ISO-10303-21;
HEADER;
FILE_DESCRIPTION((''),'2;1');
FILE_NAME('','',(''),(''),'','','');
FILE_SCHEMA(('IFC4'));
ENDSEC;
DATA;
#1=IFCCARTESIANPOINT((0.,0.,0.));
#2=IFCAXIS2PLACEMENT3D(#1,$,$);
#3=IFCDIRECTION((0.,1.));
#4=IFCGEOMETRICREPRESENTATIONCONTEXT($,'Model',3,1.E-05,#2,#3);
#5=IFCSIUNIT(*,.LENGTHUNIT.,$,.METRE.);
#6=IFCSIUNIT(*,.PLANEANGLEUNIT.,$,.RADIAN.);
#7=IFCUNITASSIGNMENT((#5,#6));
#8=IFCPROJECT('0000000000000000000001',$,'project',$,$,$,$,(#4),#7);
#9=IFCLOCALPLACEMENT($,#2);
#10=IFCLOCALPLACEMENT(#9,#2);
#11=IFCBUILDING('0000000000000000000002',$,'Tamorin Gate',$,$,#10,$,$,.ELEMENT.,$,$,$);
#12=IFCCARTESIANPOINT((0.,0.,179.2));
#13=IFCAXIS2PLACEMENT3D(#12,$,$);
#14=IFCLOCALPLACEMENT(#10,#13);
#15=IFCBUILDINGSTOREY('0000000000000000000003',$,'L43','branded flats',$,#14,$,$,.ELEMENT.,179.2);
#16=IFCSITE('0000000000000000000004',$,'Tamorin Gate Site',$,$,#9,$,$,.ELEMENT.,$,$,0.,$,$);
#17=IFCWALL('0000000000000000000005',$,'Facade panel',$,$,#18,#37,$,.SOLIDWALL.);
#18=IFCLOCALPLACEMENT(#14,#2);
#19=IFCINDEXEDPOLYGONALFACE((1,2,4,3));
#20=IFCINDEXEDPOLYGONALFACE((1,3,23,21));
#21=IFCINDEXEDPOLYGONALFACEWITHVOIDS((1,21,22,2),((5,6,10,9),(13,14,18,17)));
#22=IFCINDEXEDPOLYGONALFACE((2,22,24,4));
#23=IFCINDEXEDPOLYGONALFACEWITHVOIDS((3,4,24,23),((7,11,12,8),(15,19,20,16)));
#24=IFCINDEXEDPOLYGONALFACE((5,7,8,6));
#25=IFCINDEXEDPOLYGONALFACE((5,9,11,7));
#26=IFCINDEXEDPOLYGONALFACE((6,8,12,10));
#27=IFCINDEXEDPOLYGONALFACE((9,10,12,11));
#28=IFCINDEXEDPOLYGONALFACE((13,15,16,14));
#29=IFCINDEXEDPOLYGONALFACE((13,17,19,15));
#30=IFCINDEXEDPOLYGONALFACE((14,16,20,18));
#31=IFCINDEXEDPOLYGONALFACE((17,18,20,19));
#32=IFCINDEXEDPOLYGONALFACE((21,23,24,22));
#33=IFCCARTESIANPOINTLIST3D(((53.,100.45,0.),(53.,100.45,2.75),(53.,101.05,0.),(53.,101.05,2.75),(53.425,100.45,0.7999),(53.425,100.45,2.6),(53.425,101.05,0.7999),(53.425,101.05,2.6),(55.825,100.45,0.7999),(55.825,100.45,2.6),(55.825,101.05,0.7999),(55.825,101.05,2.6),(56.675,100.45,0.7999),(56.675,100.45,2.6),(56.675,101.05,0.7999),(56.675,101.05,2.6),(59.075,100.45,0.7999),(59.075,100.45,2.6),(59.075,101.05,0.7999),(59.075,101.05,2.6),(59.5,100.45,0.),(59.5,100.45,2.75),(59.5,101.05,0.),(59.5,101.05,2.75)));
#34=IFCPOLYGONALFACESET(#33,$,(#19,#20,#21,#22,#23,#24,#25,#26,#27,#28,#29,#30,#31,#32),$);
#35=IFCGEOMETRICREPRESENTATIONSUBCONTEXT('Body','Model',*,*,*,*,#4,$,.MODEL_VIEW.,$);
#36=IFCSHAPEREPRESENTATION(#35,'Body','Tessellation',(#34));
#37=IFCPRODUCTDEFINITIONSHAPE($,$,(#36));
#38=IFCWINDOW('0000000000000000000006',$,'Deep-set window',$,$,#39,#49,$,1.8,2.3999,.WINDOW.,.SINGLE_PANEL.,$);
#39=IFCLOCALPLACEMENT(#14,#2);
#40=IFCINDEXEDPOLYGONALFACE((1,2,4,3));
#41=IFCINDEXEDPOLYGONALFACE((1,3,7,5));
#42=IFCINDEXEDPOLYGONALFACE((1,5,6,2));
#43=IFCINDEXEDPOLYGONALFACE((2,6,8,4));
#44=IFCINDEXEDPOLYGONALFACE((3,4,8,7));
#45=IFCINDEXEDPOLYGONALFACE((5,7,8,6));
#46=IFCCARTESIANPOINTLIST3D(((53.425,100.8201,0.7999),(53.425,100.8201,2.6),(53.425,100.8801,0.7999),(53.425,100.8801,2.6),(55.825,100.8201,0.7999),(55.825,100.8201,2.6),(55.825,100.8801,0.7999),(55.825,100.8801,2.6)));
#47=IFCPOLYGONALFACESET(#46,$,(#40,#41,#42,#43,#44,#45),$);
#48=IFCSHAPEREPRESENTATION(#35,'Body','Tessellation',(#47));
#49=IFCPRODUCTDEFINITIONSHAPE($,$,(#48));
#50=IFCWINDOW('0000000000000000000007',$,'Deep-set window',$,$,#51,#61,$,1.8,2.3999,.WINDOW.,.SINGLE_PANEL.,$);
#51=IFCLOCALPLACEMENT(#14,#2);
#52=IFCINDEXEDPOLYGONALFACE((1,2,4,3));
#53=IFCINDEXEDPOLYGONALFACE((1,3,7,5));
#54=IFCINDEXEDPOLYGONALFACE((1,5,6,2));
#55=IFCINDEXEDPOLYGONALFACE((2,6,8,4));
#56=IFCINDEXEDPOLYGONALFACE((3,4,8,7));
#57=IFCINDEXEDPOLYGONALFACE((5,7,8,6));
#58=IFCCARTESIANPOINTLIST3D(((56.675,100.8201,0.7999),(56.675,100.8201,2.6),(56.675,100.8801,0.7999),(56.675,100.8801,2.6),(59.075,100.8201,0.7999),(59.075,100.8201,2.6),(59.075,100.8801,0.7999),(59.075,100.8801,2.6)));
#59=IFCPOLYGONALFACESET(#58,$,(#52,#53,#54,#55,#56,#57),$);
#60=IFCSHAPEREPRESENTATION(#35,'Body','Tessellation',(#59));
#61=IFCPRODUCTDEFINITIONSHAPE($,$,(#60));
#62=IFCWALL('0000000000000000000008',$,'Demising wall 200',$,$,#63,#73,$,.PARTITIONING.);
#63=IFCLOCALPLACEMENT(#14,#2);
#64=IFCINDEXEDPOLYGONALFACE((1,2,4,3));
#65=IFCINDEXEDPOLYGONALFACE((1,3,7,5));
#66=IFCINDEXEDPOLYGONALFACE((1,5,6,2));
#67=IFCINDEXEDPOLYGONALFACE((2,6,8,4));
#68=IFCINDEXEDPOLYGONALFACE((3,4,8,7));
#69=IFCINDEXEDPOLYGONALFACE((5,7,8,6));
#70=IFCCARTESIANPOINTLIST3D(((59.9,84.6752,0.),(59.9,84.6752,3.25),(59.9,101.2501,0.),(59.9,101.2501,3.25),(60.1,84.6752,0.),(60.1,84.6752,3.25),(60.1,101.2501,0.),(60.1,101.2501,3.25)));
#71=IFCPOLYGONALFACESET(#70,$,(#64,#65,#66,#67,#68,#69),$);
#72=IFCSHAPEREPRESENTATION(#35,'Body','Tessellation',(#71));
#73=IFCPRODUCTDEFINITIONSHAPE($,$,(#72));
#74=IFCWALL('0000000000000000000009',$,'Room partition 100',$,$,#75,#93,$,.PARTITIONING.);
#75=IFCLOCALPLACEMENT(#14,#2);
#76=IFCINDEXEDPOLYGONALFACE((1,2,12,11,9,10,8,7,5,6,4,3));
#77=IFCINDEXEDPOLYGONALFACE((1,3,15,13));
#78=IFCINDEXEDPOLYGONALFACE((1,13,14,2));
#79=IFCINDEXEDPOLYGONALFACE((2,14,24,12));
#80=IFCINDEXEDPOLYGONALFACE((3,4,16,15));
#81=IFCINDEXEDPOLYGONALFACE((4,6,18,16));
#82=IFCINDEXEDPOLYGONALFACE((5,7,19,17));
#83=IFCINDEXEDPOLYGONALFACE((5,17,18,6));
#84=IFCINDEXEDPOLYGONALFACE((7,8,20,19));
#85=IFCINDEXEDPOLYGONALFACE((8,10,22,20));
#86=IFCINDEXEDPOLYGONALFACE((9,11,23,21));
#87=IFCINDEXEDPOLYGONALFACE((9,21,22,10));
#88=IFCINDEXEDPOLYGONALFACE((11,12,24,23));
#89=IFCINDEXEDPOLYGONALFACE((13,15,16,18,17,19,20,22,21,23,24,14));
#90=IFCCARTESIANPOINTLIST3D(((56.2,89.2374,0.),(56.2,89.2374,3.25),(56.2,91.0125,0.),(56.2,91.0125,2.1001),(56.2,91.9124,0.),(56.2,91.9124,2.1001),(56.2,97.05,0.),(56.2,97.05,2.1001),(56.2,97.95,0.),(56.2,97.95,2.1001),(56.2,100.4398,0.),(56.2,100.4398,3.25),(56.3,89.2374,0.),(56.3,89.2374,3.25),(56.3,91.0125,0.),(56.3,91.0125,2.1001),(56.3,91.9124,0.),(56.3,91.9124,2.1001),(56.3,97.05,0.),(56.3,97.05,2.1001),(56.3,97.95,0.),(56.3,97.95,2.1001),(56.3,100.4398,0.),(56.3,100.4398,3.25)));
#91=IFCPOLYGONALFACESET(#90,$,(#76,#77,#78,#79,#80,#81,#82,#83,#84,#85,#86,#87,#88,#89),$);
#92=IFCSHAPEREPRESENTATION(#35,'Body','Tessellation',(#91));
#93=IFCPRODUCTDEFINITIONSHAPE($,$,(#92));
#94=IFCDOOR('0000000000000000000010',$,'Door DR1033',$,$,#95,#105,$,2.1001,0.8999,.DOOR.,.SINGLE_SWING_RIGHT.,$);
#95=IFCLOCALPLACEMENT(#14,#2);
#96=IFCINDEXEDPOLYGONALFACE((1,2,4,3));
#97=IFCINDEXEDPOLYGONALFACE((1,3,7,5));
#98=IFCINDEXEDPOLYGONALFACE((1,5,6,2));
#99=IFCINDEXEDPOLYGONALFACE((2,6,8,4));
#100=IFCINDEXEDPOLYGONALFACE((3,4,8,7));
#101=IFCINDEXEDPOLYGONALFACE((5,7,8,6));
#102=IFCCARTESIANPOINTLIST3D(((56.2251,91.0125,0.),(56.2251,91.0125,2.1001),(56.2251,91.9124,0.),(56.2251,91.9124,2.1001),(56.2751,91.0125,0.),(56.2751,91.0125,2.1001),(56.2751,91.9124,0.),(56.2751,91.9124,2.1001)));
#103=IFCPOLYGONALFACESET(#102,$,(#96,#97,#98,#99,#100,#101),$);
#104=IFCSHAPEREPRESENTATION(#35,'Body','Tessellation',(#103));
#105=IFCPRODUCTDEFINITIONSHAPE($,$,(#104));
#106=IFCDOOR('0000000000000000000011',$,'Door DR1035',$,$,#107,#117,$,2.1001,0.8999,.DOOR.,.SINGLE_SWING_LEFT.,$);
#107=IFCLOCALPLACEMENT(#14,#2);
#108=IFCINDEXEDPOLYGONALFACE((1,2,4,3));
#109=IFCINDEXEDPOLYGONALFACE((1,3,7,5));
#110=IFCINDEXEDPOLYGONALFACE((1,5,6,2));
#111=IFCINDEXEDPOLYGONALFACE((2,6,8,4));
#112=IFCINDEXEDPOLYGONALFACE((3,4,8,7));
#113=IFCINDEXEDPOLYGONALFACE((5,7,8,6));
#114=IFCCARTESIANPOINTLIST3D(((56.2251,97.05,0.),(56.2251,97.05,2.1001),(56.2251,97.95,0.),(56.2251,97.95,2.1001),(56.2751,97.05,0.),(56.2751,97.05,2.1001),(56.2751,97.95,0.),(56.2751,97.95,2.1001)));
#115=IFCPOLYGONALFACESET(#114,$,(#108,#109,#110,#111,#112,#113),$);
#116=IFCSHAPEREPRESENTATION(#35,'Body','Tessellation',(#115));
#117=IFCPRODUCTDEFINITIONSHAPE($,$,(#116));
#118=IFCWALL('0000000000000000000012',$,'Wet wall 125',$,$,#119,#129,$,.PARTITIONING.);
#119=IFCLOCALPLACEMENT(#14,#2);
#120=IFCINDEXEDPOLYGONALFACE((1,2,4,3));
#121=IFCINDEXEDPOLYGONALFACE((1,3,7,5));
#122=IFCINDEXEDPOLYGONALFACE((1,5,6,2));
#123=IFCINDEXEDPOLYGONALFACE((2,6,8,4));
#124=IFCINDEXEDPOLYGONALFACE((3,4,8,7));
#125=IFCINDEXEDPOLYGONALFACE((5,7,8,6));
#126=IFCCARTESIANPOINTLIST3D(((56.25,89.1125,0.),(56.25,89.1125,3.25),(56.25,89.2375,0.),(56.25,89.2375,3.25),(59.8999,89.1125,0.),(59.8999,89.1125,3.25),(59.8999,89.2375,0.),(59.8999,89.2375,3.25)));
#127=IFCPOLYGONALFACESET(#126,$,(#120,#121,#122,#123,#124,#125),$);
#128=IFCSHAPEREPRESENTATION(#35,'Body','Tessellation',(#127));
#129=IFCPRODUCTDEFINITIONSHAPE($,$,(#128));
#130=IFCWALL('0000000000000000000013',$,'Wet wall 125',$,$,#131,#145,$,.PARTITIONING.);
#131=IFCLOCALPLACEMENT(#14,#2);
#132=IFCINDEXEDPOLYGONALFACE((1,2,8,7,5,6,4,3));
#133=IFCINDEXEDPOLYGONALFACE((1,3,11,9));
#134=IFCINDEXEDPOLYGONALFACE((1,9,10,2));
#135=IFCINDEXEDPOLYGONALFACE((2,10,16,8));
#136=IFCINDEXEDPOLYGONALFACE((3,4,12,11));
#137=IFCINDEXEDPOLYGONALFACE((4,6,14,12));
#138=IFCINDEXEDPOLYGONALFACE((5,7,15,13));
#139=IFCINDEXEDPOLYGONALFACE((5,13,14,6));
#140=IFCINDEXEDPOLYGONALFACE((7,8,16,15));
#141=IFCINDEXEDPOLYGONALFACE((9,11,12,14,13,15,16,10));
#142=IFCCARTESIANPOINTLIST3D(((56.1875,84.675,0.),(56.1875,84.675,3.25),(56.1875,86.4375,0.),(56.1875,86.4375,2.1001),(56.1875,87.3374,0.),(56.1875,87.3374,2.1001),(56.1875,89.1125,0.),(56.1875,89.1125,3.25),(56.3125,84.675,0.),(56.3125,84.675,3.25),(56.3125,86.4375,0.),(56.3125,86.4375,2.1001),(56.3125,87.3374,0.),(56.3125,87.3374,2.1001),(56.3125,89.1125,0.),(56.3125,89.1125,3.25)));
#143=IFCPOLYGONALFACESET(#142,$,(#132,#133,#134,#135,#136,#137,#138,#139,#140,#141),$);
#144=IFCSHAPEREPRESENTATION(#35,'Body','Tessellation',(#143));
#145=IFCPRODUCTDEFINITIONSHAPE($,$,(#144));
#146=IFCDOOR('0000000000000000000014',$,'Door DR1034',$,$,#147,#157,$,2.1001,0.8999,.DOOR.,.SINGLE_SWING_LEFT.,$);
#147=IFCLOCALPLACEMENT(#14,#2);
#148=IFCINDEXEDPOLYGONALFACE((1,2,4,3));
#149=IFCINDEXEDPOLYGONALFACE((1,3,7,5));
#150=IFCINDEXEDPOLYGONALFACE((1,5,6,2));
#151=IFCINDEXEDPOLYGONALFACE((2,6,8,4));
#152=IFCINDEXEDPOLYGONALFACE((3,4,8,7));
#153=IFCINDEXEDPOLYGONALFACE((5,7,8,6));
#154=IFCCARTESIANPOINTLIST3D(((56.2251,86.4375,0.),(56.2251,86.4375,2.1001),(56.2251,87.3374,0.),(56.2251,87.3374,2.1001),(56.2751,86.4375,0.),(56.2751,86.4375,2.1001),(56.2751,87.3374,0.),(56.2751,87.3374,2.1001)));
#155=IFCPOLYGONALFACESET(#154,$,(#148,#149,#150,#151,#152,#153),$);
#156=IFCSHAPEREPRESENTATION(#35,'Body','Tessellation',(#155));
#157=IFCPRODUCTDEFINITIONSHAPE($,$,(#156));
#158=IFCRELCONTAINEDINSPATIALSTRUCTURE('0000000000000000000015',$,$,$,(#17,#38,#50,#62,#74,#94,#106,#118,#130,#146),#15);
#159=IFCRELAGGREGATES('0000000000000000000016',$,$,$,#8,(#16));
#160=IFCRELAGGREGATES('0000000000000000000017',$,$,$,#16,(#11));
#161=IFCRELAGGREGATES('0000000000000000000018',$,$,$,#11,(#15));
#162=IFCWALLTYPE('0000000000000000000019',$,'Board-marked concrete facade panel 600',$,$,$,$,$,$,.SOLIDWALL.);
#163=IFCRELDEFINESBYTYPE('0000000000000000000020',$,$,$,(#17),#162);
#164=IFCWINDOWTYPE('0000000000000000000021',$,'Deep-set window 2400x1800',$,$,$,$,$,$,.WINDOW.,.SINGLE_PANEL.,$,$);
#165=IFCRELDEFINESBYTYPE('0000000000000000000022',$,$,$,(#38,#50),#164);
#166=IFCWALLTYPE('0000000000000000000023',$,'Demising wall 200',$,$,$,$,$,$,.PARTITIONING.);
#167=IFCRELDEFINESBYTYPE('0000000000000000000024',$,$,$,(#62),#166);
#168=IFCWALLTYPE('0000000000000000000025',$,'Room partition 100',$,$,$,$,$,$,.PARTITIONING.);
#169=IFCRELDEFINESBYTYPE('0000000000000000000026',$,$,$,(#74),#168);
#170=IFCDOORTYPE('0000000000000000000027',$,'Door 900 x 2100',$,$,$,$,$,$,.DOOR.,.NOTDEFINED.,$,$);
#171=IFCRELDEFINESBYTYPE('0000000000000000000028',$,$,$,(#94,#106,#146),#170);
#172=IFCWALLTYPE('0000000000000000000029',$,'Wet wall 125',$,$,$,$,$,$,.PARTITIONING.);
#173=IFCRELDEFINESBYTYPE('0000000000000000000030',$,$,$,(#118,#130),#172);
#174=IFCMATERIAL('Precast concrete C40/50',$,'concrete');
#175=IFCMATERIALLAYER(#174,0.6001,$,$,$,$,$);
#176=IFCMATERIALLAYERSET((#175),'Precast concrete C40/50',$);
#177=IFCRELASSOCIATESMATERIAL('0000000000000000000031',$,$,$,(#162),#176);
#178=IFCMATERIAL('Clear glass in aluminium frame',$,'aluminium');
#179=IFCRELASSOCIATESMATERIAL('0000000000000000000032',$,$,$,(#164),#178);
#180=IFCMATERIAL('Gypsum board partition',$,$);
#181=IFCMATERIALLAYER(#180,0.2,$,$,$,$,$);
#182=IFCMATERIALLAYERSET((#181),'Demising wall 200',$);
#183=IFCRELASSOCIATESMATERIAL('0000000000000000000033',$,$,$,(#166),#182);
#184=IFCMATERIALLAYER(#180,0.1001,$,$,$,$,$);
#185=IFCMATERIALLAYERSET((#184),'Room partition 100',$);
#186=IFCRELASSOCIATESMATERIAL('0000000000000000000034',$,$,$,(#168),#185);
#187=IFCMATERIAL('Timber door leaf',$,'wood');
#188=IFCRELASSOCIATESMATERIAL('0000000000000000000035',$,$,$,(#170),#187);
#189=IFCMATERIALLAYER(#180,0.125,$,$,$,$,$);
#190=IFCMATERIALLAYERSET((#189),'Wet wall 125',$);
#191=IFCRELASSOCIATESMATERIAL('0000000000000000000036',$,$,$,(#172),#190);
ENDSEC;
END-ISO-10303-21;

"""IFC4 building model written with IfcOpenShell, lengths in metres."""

from ifc_helpers import new_model, si_unit, direction, frame, frame_2d, origin, place, context, subcontext, project, spatial, rectangle, extrude, material, layer, layer_set, type_object, element, fill, save


model = new_model("IFC4")

# Units and contexts
model_context = context("Model", 3, precision=1e-05, world=origin(), true_north=direction((0.0, 1.0)))
body_context = subcontext(model_context, "Body", "Model", "MODEL_VIEW")
ifc_project = project(units=[si_unit("LENGTHUNIT", "METRE"), si_unit("PLANEANGLEUNIT", "RADIAN")], contexts=[model_context])

# Site, building, storey
site_placement = place(None, origin())
site = spatial("IfcSite", under=ifc_project, at=site_placement, Name="Tamorin Gate Site", CompositionType="ELEMENT", RefElevation=0.0)
building_placement = place(site_placement, origin())
building = spatial("IfcBuilding", under=site, at=building_placement, Name="Tamorin Gate", CompositionType="ELEMENT")
storey_placement = place(building_placement, frame((0.0, 0.0, 179.2)))
storey = spatial("IfcBuildingStorey", under=building, at=storey_placement, Name="L43", Description="branded flats", CompositionType="ELEMENT", Elevation=179.2)

# Wall, openings, windows
ifc_material_1 = material(Name="Precast concrete C40/50", Category="concrete")
ifc_layer_1 = layer(ifc_material_1, 0.6001)
ifc_layer_set_1 = layer_set([ifc_layer_1], Name="Precast concrete C40/50")
wall_type_1 = type_object("IfcWallType", Name="Board-marked concrete facade panel 600", PredefinedType="SOLIDWALL", material=ifc_layer_set_1)
ifc_material_2 = material(Name="Clear glass in aluminium frame", Category="aluminium")
window_type = type_object("IfcWindowType", Name="Deep-set window 2400x1800", PartitioningType="SINGLE_PANEL", PredefinedType="WINDOW", material=ifc_material_2)
wall_1_placement = place(storey_placement, frame((59.5, 100.75, 0.0), z_axis=(0.0, 0.0, 1.0), x_axis=(-1.0, 0.0, 0.0)))
wall_1 = element("IfcWall", 1, at=wall_1_placement, inside=storey, type_object=wall_type_1, Name="Facade panel", PredefinedType="SOLIDWALL", context=body_context, shape_type="SweptSolid", body=[
    extrude(rectangle(XDim=6.5, YDim=0.6001, at=frame_2d((3.25, 0.0))), origin(), (0.0, 0.0, 1.0), 2.75),
])
opening_1_placement = place(wall_1_placement, frame((3.675, 0.0, 0.8)))
opening_1 = element("IfcOpeningElement", 2, at=opening_1_placement, cuts=wall_1, PredefinedType="OPENING", context=body_context, shape_type="SweptSolid", body=[
    extrude(rectangle(XDim=2.3999, YDim=1.8, at=frame_2d((1.2, 0.8999))), frame((0.0, 0.3101, 0.0), z_axis=(0.0, -1.0, 0.0), x_axis=(1.0, 0.0, 0.0)), (0.0, 0.0, 1.0), 0.6201),
])
opening_2_placement = place(wall_1_placement, frame((0.425, 0.0, 0.8)))
opening_2 = element("IfcOpeningElement", 3, at=opening_2_placement, cuts=wall_1, PredefinedType="OPENING", context=body_context, shape_type="SweptSolid", body=[
    extrude(rectangle(XDim=2.3999, YDim=1.8, at=frame_2d((1.2, 0.8999))), frame((0.0, 0.3101, 0.0), z_axis=(0.0, -1.0, 0.0), x_axis=(1.0, 0.0, 0.0)), (0.0, 0.0, 1.0), 0.6201),
])
window_1_placement = place(opening_1_placement, origin())
window_1 = element("IfcWindow", 4, at=window_1_placement, inside=storey, type_object=window_type, Name="Deep-set window", OverallHeight=1.8, OverallWidth=2.3999, PartitioningType="SINGLE_PANEL", PredefinedType="WINDOW", context=body_context, shape_type="SweptSolid", body=[
    extrude(rectangle(XDim=2.3999, YDim=1.8, at=frame_2d((1.2, 0.8999))), frame((0.0, -0.0701, 0.0), z_axis=(0.0, -1.0, 0.0), x_axis=(1.0, 0.0, 0.0)), (0.0, 0.0, 1.0), 0.0601),
])
fill(opening_1, window_1)
window_2_placement = place(opening_2_placement, origin())
window_2 = element("IfcWindow", 5, at=window_2_placement, inside=storey, type_object=window_type, Name="Deep-set window", OverallHeight=1.8, OverallWidth=2.3999, PartitioningType="SINGLE_PANEL", PredefinedType="WINDOW", context=body_context, shape_type="SweptSolid", body=[
    extrude(rectangle(XDim=2.3999, YDim=1.8, at=frame_2d((1.2, 0.8999))), frame((0.0, -0.0701, 0.0), z_axis=(0.0, -1.0, 0.0), x_axis=(1.0, 0.0, 0.0)), (0.0, 0.0, 1.0), 0.0601),
])
fill(opening_2, window_2)

# Wall
ifc_material_3 = material(Name="Gypsum board partition")
ifc_layer_2 = layer(ifc_material_3, 0.2)
ifc_layer_set_2 = layer_set([ifc_layer_2], Name="Demising wall 200")
wall_type_2 = type_object("IfcWallType", Name="Demising wall 200", PredefinedType="PARTITIONING", material=ifc_layer_set_2)
wall_2_placement = place(storey_placement, frame((60.0, 84.675, 0.0), z_axis=(0.0, 0.0, 1.0), x_axis=(0.0, 1.0, 0.0)))
element("IfcWall", 6, at=wall_2_placement, inside=storey, type_object=wall_type_2, Name="Demising wall 200", PredefinedType="PARTITIONING", context=body_context, shape_type="SweptSolid", body=[
    extrude(rectangle(XDim=16.575, YDim=0.2, at=frame_2d((8.2876, 0.0))), origin(), (0.0, 0.0, 1.0), 3.25),
])

# Wall, openings, doors
ifc_layer_3 = layer(ifc_material_3, 0.1001)
ifc_layer_set_3 = layer_set([ifc_layer_3], Name="Room partition 100")
wall_type_3 = type_object("IfcWallType", Name="Room partition 100", PredefinedType="PARTITIONING", material=ifc_layer_set_3)
wall_3_placement = place(storey_placement, frame((56.25, 89.2375, 0.0), z_axis=(0.0, 0.0, 1.0), x_axis=(0.0, 1.0, 0.0)))
wall_3 = element("IfcWall", 7, at=wall_3_placement, inside=storey, type_object=wall_type_3, Name="Room partition 100", PredefinedType="PARTITIONING", context=body_context, shape_type="SweptSolid", body=[
    extrude(rectangle(XDim=11.2024, YDim=0.1001, at=frame_2d((5.6011, 0.0))), origin(), (0.0, 0.0, 1.0), 3.25),
])
opening_3_placement = place(wall_3_placement, frame((1.7749, 0.0, 0.0)))
opening_3 = element("IfcOpeningElement", 8, at=opening_3_placement, cuts=wall_3, PredefinedType="OPENING", context=body_context, shape_type="SweptSolid", body=[
    extrude(rectangle(XDim=0.8999, YDim=2.1001, at=frame_2d((0.45, 1.05))), frame((0.0, 0.0601, 0.0), z_axis=(0.0, -1.0, 0.0), x_axis=(1.0, 0.0, 0.0)), (0.0, 0.0, 1.0), 0.1201),
])
opening_4_placement = place(wall_3_placement, frame((7.8125, 0.0, 0.0)))
opening_4 = element("IfcOpeningElement", 9, at=opening_4_placement, cuts=wall_3, PredefinedType="OPENING", context=body_context, shape_type="SweptSolid", body=[
    extrude(rectangle(XDim=0.8999, YDim=2.1001, at=frame_2d((0.45, 1.05))), frame((0.0, 0.0601, 0.0), z_axis=(0.0, -1.0, 0.0), x_axis=(1.0, 0.0, 0.0)), (0.0, 0.0, 1.0), 0.1201),
])
ifc_material_4 = material(Name="Timber door leaf", Category="wood")
door_type = type_object("IfcDoorType", Name="Door 900 x 2100", OperationType="NOTDEFINED", PredefinedType="DOOR", material=ifc_material_4)
door_1_placement = place(opening_3_placement, origin())
door_1 = element("IfcDoor", 10, at=door_1_placement, inside=storey, type_object=door_type, Name="Door DR1033", OperationType="SINGLE_SWING_RIGHT", OverallHeight=2.1001, OverallWidth=0.8999, PredefinedType="DOOR", context=body_context, shape_type="SweptSolid", body=[
    extrude(rectangle(XDim=0.8999, YDim=2.1001, at=frame_2d((0.45, 1.05))), frame((0.0, 0.0249, 0.0), z_axis=(0.0, -1.0, 0.0), x_axis=(1.0, 0.0, 0.0)), (0.0, 0.0, 1.0), 0.05),
])
fill(opening_3, door_1)
door_2_placement = place(opening_4_placement, origin())
door_2 = element("IfcDoor", 11, at=door_2_placement, inside=storey, type_object=door_type, Name="Door DR1035", OperationType="SINGLE_SWING_LEFT", OverallHeight=2.1001, OverallWidth=0.8999, PredefinedType="DOOR", context=body_context, shape_type="SweptSolid", body=[
    extrude(rectangle(XDim=0.8999, YDim=2.1001, at=frame_2d((0.45, 1.05))), frame((0.0, 0.0249, 0.0), z_axis=(0.0, -1.0, 0.0), x_axis=(1.0, 0.0, 0.0)), (0.0, 0.0, 1.0), 0.05),
])
fill(opening_4, door_2)

# Wall
ifc_layer_4 = layer(ifc_material_3, 0.125)
ifc_layer_set_4 = layer_set([ifc_layer_4], Name="Wet wall 125")
wall_type_4 = type_object("IfcWallType", Name="Wet wall 125", PredefinedType="PARTITIONING", material=ifc_layer_set_4)
wall_4_placement = place(storey_placement, frame((56.25, 89.175, 0.0), z_axis=(0.0, 0.0, 1.0), x_axis=(1.0, 0.0, 0.0)))
element("IfcWall", 12, at=wall_4_placement, inside=storey, type_object=wall_type_4, Name="Wet wall 125", PredefinedType="PARTITIONING", context=body_context, shape_type="SweptSolid", body=[
    extrude(rectangle(XDim=3.6499, YDim=0.125, at=frame_2d((1.825, 0.0))), origin(), (0.0, 0.0, 1.0), 3.25),
])

# Wall, opening, door
wall_5_placement = place(storey_placement, frame((56.25, 84.675, 0.0), z_axis=(0.0, 0.0, 1.0), x_axis=(0.0, 1.0, 0.0)))
wall_5 = element("IfcWall", 13, at=wall_5_placement, inside=storey, type_object=wall_type_4, Name="Wet wall 125", PredefinedType="PARTITIONING", context=body_context, shape_type="SweptSolid", body=[
    extrude(rectangle(XDim=4.4375, YDim=0.125, at=frame_2d((2.2188, 0.0))), origin(), (0.0, 0.0, 1.0), 3.25),
])
opening_5_placement = place(wall_5_placement, frame((1.7625, 0.0, 0.0)))
opening_5 = element("IfcOpeningElement", 14, at=opening_5_placement, cuts=wall_5, PredefinedType="OPENING", context=body_context, shape_type="SweptSolid", body=[
    extrude(rectangle(XDim=0.8999, YDim=2.1001, at=frame_2d((0.45, 1.05))), frame((0.0, 0.0725, 0.0), z_axis=(0.0, -1.0, 0.0), x_axis=(1.0, 0.0, 0.0)), (0.0, 0.0, 1.0), 0.145),
])
door_3_placement = place(opening_5_placement, origin())
door_3 = element("IfcDoor", 15, at=door_3_placement, inside=storey, type_object=door_type, Name="Door DR1034", OperationType="SINGLE_SWING_LEFT", OverallHeight=2.1001, OverallWidth=0.8999, PredefinedType="DOOR", context=body_context, shape_type="SweptSolid", body=[
    extrude(rectangle(XDim=0.8999, YDim=2.1001, at=frame_2d((0.45, 1.05))), frame((0.0, 0.0249, 0.0), z_axis=(0.0, -1.0, 0.0), x_axis=(1.0, 0.0, 0.0)), (0.0, 0.0, 1.0), 0.05),
])
fill(opening_5, door_3)

save(model, "model.ifc")
